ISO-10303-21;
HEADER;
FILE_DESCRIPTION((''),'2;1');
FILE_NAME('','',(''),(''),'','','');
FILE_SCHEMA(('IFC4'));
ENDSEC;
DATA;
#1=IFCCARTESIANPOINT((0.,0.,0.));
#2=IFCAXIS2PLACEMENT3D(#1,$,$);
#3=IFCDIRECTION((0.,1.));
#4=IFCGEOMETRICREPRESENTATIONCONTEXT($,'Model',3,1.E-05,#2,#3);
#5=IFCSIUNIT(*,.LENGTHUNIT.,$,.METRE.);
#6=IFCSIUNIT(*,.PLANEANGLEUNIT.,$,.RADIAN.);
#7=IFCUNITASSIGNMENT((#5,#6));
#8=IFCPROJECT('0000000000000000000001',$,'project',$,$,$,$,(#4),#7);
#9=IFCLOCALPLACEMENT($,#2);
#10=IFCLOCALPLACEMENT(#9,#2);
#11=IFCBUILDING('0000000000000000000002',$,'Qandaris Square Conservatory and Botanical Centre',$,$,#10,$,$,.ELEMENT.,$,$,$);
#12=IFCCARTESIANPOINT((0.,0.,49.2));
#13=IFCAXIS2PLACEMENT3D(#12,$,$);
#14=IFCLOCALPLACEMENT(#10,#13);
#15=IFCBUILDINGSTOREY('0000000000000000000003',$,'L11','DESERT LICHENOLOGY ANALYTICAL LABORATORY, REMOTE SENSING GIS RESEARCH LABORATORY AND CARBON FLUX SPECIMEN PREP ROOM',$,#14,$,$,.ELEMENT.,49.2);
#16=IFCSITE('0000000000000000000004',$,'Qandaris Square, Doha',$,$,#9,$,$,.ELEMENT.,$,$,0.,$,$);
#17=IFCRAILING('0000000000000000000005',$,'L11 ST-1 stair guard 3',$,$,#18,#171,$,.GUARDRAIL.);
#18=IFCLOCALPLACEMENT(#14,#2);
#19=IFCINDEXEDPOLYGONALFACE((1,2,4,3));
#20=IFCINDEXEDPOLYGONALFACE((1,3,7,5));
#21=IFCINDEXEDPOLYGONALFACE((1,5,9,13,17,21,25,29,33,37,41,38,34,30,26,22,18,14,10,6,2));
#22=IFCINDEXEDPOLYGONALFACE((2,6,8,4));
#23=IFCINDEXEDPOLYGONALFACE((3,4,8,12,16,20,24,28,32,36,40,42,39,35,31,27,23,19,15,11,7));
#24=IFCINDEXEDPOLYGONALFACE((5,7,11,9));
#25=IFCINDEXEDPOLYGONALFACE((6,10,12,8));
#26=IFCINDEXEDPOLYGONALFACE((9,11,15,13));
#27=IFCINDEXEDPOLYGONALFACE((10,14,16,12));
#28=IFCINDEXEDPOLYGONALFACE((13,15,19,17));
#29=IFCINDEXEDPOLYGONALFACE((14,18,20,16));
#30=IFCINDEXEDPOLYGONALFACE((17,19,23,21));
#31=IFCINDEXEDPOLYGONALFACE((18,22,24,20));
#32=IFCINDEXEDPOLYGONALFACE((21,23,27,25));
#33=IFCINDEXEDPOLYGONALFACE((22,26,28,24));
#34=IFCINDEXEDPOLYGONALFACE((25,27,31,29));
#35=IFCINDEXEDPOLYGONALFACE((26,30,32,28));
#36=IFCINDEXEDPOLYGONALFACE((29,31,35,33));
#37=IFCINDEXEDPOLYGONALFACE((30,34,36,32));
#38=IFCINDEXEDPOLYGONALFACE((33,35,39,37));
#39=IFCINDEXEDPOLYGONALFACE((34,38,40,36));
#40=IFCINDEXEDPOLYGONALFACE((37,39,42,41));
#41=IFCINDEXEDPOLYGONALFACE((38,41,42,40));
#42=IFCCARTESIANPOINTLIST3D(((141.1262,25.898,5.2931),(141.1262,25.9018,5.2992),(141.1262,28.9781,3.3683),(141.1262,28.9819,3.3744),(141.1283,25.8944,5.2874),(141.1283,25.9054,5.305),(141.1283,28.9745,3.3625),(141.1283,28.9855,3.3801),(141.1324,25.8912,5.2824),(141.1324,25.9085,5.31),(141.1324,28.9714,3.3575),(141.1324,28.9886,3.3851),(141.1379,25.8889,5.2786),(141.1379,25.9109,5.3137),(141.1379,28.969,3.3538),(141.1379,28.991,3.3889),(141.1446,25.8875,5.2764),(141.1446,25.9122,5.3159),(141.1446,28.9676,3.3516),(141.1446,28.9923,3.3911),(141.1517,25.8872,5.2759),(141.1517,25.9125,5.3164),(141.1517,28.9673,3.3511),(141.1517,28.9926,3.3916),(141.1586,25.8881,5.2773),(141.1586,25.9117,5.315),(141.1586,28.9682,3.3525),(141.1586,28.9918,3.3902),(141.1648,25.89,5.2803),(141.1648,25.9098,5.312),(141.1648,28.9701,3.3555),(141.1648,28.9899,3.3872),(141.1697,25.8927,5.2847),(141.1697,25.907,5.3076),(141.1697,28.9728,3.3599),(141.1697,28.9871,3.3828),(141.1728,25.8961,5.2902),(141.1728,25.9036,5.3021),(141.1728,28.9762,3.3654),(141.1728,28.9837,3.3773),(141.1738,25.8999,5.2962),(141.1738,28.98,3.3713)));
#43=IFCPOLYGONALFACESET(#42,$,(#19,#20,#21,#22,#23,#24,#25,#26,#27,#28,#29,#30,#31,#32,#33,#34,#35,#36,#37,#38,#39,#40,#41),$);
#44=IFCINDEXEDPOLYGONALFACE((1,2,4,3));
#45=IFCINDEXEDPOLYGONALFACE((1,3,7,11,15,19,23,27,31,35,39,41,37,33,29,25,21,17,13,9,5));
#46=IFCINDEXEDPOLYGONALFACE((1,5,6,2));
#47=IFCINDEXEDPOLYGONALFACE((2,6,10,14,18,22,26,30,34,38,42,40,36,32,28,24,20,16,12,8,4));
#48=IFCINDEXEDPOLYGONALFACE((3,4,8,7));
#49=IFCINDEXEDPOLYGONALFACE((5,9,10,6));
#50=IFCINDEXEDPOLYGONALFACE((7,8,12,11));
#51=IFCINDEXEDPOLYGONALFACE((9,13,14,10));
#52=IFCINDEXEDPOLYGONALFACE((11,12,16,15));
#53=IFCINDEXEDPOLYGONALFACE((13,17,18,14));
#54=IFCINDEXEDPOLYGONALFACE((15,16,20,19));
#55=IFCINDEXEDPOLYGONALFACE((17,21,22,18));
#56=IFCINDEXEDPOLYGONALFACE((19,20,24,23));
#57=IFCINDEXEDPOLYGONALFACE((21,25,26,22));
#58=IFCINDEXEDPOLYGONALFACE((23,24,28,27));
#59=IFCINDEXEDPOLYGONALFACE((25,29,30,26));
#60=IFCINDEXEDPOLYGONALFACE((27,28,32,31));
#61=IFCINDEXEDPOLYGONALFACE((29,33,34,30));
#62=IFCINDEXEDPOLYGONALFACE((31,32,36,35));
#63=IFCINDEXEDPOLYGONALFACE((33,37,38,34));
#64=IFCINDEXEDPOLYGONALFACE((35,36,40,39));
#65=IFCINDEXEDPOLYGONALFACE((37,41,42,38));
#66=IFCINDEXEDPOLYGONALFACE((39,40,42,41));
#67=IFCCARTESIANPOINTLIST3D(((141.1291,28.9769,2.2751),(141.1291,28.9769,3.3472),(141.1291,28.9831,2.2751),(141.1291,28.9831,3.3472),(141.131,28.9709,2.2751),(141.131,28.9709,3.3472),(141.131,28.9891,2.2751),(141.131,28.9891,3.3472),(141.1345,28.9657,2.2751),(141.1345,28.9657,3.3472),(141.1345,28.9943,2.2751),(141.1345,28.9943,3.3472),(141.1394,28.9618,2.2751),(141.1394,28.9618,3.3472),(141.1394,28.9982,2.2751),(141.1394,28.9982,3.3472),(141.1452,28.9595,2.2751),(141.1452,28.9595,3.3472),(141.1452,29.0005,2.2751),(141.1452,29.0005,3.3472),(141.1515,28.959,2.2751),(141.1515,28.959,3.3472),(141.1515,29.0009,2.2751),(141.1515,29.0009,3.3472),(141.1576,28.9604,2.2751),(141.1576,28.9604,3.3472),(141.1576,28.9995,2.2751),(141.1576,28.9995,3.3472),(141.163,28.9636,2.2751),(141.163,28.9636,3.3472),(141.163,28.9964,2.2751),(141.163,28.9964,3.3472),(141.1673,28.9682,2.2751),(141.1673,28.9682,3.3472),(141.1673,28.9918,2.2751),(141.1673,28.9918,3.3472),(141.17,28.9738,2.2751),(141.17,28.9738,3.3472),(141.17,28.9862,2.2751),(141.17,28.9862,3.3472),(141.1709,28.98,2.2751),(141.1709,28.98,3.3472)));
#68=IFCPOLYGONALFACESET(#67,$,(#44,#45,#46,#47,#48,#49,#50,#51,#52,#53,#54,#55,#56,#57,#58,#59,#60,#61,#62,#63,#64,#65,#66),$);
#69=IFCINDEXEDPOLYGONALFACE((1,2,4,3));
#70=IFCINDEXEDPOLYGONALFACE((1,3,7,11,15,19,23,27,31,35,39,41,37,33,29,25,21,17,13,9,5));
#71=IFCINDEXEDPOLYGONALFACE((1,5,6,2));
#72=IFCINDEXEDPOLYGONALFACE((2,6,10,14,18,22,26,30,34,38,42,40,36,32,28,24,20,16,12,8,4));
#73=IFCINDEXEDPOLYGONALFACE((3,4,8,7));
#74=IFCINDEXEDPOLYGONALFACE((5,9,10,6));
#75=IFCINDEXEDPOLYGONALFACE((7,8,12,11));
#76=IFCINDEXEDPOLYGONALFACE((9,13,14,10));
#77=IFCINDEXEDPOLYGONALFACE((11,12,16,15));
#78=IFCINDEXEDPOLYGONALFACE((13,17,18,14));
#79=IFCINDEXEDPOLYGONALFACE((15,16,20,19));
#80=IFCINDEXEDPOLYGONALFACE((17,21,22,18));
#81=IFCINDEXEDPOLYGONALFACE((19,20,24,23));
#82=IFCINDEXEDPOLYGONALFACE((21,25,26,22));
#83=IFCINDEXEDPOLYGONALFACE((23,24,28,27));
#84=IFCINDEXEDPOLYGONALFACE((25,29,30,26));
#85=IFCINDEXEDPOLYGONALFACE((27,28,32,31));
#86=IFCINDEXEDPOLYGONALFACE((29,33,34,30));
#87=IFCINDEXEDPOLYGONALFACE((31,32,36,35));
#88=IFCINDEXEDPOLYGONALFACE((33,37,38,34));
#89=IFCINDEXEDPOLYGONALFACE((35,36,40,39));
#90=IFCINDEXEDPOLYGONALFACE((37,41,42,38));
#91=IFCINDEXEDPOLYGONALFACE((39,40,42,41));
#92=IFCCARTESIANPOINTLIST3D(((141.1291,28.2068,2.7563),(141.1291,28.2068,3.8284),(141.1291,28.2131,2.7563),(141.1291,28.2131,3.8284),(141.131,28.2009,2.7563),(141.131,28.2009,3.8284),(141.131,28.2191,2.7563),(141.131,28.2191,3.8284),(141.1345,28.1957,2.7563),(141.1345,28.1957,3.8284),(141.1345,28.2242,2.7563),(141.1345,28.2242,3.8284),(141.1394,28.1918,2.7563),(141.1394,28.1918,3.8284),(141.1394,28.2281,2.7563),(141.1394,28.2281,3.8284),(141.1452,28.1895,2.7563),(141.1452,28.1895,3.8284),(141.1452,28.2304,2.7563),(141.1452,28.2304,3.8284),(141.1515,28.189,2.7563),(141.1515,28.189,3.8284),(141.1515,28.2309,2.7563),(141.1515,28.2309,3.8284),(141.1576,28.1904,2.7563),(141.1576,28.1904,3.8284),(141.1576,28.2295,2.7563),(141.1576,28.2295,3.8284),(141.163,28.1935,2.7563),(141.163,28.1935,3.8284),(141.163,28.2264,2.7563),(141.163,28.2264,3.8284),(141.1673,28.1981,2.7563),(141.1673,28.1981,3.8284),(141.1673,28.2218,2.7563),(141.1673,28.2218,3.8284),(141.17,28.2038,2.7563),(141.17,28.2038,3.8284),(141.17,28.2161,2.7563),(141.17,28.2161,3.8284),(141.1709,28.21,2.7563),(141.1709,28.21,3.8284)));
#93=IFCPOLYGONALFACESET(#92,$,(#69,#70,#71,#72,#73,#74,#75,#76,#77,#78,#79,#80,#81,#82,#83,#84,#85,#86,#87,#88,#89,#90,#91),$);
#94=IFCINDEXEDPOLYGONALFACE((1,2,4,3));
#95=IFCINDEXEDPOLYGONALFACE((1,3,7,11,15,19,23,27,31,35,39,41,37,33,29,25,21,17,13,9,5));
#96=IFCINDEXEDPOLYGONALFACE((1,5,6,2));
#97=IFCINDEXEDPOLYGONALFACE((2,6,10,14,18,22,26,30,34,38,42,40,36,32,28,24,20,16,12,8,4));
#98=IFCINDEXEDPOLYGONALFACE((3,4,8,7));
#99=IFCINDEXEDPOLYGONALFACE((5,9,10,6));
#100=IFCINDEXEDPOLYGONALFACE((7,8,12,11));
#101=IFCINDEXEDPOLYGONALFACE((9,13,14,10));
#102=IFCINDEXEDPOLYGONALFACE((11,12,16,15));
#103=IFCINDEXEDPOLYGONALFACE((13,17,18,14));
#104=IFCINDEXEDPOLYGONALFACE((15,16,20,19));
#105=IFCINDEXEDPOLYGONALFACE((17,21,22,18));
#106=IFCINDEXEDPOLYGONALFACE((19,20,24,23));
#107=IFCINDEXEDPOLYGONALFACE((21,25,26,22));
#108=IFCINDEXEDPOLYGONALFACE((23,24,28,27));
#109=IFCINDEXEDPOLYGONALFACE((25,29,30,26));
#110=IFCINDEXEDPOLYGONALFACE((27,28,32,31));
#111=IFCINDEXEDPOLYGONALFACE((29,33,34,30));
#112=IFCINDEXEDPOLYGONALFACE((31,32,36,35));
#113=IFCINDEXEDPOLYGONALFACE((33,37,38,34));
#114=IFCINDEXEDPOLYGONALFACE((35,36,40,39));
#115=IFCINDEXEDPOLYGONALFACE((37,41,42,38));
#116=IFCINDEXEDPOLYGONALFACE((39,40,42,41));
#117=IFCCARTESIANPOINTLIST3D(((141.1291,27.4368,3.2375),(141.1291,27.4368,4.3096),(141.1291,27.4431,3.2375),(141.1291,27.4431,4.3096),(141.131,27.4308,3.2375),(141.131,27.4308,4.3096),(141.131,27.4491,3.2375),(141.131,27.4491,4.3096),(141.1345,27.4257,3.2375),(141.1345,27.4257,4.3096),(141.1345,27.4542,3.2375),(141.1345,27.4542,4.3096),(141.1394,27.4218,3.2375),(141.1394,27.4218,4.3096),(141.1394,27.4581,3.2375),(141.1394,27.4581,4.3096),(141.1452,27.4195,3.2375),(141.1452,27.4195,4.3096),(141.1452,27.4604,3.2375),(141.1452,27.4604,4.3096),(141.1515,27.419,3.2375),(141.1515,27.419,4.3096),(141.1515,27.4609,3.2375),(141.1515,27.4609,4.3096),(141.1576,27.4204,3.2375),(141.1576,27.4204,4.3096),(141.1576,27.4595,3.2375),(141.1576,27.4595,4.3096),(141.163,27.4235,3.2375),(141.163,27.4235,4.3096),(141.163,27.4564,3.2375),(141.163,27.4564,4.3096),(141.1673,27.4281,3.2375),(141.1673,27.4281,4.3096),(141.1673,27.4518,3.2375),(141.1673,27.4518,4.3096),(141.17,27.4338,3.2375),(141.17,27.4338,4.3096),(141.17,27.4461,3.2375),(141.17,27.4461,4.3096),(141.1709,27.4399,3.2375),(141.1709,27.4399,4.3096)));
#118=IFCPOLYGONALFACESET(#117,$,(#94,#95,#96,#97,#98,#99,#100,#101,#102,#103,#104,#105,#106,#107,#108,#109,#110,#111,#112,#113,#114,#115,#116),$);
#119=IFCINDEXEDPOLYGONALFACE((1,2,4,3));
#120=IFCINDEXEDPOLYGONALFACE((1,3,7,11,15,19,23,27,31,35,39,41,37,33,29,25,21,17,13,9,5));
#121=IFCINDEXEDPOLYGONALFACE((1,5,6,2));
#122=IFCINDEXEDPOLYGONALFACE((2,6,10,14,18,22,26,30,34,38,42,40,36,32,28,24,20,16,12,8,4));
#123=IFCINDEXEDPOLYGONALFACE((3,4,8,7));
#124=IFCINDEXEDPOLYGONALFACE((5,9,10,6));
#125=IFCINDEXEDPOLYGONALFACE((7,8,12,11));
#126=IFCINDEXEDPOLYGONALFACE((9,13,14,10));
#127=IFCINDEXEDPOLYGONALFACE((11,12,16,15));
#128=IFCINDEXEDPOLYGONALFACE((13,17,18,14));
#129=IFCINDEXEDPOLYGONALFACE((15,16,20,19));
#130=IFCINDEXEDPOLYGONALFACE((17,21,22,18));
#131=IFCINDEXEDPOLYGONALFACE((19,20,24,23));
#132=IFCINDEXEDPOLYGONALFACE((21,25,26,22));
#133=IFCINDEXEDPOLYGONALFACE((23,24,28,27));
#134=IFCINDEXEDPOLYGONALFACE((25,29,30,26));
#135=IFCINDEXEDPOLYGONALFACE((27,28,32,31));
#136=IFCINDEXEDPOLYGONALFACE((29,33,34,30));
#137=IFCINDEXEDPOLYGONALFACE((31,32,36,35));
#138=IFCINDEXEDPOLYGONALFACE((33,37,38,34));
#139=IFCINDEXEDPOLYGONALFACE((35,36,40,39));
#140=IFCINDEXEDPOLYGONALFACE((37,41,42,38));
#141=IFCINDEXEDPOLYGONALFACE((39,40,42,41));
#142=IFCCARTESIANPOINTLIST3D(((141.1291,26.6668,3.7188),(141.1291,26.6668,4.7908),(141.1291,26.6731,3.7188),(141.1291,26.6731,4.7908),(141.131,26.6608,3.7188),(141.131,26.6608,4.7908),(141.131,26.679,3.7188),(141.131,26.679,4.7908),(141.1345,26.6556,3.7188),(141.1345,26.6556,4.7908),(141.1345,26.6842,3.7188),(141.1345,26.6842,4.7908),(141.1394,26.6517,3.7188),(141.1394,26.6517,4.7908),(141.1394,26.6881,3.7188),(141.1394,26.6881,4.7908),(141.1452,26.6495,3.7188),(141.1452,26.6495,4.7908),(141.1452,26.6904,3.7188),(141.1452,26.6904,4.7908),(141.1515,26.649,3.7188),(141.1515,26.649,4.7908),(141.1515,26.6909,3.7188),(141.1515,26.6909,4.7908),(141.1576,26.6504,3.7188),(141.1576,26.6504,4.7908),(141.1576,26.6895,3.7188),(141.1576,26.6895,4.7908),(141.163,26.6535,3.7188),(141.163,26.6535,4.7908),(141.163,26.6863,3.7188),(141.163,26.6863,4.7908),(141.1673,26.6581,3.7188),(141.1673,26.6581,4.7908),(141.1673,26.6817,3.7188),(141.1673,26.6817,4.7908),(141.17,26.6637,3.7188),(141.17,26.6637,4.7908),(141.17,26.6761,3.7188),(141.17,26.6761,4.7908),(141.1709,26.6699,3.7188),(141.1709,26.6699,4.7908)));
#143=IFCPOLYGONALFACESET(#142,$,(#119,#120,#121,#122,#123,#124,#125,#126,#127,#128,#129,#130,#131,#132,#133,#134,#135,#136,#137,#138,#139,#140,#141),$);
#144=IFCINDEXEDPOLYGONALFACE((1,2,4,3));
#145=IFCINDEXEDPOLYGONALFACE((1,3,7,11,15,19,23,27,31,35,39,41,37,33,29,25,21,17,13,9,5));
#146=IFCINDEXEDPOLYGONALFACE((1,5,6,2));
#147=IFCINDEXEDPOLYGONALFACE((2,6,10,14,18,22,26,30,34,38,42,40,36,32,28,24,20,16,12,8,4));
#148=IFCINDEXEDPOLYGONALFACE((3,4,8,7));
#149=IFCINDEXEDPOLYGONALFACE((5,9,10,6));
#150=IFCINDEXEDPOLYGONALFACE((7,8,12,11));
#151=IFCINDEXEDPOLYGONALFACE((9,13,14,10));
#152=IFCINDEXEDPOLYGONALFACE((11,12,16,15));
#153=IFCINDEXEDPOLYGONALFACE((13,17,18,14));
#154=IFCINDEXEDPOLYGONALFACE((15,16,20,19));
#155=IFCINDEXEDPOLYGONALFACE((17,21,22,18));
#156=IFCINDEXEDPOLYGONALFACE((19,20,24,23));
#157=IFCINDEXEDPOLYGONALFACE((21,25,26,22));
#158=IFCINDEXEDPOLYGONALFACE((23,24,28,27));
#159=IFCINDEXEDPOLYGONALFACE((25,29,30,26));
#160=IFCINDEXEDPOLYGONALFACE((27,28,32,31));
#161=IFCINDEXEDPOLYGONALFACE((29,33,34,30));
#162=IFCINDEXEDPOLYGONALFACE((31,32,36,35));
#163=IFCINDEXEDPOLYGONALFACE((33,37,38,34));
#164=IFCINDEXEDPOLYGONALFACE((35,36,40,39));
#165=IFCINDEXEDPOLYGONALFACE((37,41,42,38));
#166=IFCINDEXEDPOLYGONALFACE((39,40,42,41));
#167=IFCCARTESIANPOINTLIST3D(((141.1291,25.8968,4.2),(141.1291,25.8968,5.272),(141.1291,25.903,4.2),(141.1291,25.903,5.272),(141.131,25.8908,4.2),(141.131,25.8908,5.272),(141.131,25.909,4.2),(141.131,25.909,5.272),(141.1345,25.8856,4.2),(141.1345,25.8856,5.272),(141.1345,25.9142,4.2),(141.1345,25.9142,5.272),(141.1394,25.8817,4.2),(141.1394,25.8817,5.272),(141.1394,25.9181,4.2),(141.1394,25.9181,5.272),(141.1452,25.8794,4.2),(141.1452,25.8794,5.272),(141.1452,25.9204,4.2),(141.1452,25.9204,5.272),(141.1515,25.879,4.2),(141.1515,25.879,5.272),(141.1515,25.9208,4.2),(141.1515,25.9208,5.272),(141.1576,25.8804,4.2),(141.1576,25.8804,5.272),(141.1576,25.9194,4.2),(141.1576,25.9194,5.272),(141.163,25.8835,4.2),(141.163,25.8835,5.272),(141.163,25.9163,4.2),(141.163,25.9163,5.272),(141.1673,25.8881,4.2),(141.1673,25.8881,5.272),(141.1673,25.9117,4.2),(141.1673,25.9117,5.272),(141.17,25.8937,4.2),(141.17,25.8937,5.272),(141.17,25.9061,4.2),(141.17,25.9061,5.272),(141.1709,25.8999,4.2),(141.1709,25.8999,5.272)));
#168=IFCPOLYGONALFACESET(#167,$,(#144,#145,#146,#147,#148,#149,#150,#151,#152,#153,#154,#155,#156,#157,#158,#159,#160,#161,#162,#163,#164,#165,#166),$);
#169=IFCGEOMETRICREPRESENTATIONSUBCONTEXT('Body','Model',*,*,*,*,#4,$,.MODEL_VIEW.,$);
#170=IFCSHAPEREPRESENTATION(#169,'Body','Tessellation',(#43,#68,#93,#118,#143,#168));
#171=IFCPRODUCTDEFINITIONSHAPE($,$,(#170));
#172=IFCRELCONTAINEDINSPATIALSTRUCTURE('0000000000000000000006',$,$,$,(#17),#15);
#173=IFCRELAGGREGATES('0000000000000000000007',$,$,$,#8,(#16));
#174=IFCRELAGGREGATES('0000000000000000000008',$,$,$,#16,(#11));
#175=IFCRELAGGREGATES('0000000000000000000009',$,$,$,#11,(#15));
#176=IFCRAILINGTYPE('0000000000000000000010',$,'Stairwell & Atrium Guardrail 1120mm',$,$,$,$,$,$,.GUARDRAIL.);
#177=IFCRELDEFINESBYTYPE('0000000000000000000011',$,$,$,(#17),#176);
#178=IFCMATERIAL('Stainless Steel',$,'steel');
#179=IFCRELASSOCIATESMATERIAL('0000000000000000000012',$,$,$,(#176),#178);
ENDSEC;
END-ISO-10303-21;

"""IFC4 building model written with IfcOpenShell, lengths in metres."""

from ifc_helpers import new_model, si_unit, direction, frame, origin, origin_2d, place, context, subcontext, project, spatial, circle, extrude, material, type_object, element, save


model = new_model("IFC4")

# Units and contexts
model_context = context("Model", 3, precision=1e-05, world=origin(), true_north=direction((0.0, 1.0)))
body_context = subcontext(model_context, "Body", "Model", "MODEL_VIEW")
ifc_project = project(units=[si_unit("LENGTHUNIT", "METRE"), si_unit("PLANEANGLEUNIT", "RADIAN")], contexts=[model_context])

# Site, building, storey
site_placement = place(None, origin())
site = spatial("IfcSite", under=ifc_project, at=site_placement, Name="Qandaris Square, Doha", CompositionType="ELEMENT", RefElevation=0.0)
building_placement = place(site_placement, origin())
building = spatial("IfcBuilding", under=site, at=building_placement, Name="Qandaris Square Conservatory and Botanical Centre", CompositionType="ELEMENT")
storey_placement = place(building_placement, frame((0.0, 0.0, 49.2)))
storey = spatial("IfcBuildingStorey", under=building, at=storey_placement, Name="L11", Description="DESERT LICHENOLOGY ANALYTICAL LABORATORY, REMOTE SENSING GIS RESEARCH LABORATORY AND CARBON FLUX SPECIMEN PREP ROOM", CompositionType="ELEMENT", Elevation=49.2)

# Railing
ifc_material_1 = material(Name="Stainless Steel", Category="steel")
railing_type_1 = type_object("IfcRailingType", Name="Stairwell & Atrium Guardrail 1120mm", PredefinedType="GUARDRAIL", material=ifc_material_1)
railing_1_placement = place(storey_placement, frame((141.1499, 28.98, 2.2751)))
element("IfcRailing", 1, at=railing_1_placement, inside=storey, type_object=railing_type_1, Name="L11 ST-1 stair guard 3", PredefinedType="GUARDRAIL", context=body_context, shape_type="SweptSolid", body=[
    extrude(circle(Radius=0.0239, at=origin_2d()), frame((0.0, 0.0, 1.0962), z_axis=(0.0, -0.848029, 0.529951), x_axis=(1.0, 0.0, 0.0)), (0.0, 0.0, 1.0), 3.6321),
    extrude(circle(Radius=0.021, at=origin_2d()), origin(), (0.0, 0.0, 1.0), 1.072),
    extrude(circle(Radius=0.021, at=origin_2d()), frame((0.0, -0.77, 0.4812)), (0.0, 0.0, 1.0), 1.072),
    extrude(circle(Radius=0.021, at=origin_2d()), frame((0.0, -1.54, 0.9624)), (0.0, 0.0, 1.0), 1.072),
    extrude(circle(Radius=0.021, at=origin_2d()), frame((0.0, -2.3101, 1.4436)), (0.0, 0.0, 1.0), 1.072),
    extrude(circle(Radius=0.021, at=origin_2d()), frame((0.0, -3.0801, 1.9248)), (0.0, 0.0, 1.0), 1.072),
])

save(model, "model.ifc")
